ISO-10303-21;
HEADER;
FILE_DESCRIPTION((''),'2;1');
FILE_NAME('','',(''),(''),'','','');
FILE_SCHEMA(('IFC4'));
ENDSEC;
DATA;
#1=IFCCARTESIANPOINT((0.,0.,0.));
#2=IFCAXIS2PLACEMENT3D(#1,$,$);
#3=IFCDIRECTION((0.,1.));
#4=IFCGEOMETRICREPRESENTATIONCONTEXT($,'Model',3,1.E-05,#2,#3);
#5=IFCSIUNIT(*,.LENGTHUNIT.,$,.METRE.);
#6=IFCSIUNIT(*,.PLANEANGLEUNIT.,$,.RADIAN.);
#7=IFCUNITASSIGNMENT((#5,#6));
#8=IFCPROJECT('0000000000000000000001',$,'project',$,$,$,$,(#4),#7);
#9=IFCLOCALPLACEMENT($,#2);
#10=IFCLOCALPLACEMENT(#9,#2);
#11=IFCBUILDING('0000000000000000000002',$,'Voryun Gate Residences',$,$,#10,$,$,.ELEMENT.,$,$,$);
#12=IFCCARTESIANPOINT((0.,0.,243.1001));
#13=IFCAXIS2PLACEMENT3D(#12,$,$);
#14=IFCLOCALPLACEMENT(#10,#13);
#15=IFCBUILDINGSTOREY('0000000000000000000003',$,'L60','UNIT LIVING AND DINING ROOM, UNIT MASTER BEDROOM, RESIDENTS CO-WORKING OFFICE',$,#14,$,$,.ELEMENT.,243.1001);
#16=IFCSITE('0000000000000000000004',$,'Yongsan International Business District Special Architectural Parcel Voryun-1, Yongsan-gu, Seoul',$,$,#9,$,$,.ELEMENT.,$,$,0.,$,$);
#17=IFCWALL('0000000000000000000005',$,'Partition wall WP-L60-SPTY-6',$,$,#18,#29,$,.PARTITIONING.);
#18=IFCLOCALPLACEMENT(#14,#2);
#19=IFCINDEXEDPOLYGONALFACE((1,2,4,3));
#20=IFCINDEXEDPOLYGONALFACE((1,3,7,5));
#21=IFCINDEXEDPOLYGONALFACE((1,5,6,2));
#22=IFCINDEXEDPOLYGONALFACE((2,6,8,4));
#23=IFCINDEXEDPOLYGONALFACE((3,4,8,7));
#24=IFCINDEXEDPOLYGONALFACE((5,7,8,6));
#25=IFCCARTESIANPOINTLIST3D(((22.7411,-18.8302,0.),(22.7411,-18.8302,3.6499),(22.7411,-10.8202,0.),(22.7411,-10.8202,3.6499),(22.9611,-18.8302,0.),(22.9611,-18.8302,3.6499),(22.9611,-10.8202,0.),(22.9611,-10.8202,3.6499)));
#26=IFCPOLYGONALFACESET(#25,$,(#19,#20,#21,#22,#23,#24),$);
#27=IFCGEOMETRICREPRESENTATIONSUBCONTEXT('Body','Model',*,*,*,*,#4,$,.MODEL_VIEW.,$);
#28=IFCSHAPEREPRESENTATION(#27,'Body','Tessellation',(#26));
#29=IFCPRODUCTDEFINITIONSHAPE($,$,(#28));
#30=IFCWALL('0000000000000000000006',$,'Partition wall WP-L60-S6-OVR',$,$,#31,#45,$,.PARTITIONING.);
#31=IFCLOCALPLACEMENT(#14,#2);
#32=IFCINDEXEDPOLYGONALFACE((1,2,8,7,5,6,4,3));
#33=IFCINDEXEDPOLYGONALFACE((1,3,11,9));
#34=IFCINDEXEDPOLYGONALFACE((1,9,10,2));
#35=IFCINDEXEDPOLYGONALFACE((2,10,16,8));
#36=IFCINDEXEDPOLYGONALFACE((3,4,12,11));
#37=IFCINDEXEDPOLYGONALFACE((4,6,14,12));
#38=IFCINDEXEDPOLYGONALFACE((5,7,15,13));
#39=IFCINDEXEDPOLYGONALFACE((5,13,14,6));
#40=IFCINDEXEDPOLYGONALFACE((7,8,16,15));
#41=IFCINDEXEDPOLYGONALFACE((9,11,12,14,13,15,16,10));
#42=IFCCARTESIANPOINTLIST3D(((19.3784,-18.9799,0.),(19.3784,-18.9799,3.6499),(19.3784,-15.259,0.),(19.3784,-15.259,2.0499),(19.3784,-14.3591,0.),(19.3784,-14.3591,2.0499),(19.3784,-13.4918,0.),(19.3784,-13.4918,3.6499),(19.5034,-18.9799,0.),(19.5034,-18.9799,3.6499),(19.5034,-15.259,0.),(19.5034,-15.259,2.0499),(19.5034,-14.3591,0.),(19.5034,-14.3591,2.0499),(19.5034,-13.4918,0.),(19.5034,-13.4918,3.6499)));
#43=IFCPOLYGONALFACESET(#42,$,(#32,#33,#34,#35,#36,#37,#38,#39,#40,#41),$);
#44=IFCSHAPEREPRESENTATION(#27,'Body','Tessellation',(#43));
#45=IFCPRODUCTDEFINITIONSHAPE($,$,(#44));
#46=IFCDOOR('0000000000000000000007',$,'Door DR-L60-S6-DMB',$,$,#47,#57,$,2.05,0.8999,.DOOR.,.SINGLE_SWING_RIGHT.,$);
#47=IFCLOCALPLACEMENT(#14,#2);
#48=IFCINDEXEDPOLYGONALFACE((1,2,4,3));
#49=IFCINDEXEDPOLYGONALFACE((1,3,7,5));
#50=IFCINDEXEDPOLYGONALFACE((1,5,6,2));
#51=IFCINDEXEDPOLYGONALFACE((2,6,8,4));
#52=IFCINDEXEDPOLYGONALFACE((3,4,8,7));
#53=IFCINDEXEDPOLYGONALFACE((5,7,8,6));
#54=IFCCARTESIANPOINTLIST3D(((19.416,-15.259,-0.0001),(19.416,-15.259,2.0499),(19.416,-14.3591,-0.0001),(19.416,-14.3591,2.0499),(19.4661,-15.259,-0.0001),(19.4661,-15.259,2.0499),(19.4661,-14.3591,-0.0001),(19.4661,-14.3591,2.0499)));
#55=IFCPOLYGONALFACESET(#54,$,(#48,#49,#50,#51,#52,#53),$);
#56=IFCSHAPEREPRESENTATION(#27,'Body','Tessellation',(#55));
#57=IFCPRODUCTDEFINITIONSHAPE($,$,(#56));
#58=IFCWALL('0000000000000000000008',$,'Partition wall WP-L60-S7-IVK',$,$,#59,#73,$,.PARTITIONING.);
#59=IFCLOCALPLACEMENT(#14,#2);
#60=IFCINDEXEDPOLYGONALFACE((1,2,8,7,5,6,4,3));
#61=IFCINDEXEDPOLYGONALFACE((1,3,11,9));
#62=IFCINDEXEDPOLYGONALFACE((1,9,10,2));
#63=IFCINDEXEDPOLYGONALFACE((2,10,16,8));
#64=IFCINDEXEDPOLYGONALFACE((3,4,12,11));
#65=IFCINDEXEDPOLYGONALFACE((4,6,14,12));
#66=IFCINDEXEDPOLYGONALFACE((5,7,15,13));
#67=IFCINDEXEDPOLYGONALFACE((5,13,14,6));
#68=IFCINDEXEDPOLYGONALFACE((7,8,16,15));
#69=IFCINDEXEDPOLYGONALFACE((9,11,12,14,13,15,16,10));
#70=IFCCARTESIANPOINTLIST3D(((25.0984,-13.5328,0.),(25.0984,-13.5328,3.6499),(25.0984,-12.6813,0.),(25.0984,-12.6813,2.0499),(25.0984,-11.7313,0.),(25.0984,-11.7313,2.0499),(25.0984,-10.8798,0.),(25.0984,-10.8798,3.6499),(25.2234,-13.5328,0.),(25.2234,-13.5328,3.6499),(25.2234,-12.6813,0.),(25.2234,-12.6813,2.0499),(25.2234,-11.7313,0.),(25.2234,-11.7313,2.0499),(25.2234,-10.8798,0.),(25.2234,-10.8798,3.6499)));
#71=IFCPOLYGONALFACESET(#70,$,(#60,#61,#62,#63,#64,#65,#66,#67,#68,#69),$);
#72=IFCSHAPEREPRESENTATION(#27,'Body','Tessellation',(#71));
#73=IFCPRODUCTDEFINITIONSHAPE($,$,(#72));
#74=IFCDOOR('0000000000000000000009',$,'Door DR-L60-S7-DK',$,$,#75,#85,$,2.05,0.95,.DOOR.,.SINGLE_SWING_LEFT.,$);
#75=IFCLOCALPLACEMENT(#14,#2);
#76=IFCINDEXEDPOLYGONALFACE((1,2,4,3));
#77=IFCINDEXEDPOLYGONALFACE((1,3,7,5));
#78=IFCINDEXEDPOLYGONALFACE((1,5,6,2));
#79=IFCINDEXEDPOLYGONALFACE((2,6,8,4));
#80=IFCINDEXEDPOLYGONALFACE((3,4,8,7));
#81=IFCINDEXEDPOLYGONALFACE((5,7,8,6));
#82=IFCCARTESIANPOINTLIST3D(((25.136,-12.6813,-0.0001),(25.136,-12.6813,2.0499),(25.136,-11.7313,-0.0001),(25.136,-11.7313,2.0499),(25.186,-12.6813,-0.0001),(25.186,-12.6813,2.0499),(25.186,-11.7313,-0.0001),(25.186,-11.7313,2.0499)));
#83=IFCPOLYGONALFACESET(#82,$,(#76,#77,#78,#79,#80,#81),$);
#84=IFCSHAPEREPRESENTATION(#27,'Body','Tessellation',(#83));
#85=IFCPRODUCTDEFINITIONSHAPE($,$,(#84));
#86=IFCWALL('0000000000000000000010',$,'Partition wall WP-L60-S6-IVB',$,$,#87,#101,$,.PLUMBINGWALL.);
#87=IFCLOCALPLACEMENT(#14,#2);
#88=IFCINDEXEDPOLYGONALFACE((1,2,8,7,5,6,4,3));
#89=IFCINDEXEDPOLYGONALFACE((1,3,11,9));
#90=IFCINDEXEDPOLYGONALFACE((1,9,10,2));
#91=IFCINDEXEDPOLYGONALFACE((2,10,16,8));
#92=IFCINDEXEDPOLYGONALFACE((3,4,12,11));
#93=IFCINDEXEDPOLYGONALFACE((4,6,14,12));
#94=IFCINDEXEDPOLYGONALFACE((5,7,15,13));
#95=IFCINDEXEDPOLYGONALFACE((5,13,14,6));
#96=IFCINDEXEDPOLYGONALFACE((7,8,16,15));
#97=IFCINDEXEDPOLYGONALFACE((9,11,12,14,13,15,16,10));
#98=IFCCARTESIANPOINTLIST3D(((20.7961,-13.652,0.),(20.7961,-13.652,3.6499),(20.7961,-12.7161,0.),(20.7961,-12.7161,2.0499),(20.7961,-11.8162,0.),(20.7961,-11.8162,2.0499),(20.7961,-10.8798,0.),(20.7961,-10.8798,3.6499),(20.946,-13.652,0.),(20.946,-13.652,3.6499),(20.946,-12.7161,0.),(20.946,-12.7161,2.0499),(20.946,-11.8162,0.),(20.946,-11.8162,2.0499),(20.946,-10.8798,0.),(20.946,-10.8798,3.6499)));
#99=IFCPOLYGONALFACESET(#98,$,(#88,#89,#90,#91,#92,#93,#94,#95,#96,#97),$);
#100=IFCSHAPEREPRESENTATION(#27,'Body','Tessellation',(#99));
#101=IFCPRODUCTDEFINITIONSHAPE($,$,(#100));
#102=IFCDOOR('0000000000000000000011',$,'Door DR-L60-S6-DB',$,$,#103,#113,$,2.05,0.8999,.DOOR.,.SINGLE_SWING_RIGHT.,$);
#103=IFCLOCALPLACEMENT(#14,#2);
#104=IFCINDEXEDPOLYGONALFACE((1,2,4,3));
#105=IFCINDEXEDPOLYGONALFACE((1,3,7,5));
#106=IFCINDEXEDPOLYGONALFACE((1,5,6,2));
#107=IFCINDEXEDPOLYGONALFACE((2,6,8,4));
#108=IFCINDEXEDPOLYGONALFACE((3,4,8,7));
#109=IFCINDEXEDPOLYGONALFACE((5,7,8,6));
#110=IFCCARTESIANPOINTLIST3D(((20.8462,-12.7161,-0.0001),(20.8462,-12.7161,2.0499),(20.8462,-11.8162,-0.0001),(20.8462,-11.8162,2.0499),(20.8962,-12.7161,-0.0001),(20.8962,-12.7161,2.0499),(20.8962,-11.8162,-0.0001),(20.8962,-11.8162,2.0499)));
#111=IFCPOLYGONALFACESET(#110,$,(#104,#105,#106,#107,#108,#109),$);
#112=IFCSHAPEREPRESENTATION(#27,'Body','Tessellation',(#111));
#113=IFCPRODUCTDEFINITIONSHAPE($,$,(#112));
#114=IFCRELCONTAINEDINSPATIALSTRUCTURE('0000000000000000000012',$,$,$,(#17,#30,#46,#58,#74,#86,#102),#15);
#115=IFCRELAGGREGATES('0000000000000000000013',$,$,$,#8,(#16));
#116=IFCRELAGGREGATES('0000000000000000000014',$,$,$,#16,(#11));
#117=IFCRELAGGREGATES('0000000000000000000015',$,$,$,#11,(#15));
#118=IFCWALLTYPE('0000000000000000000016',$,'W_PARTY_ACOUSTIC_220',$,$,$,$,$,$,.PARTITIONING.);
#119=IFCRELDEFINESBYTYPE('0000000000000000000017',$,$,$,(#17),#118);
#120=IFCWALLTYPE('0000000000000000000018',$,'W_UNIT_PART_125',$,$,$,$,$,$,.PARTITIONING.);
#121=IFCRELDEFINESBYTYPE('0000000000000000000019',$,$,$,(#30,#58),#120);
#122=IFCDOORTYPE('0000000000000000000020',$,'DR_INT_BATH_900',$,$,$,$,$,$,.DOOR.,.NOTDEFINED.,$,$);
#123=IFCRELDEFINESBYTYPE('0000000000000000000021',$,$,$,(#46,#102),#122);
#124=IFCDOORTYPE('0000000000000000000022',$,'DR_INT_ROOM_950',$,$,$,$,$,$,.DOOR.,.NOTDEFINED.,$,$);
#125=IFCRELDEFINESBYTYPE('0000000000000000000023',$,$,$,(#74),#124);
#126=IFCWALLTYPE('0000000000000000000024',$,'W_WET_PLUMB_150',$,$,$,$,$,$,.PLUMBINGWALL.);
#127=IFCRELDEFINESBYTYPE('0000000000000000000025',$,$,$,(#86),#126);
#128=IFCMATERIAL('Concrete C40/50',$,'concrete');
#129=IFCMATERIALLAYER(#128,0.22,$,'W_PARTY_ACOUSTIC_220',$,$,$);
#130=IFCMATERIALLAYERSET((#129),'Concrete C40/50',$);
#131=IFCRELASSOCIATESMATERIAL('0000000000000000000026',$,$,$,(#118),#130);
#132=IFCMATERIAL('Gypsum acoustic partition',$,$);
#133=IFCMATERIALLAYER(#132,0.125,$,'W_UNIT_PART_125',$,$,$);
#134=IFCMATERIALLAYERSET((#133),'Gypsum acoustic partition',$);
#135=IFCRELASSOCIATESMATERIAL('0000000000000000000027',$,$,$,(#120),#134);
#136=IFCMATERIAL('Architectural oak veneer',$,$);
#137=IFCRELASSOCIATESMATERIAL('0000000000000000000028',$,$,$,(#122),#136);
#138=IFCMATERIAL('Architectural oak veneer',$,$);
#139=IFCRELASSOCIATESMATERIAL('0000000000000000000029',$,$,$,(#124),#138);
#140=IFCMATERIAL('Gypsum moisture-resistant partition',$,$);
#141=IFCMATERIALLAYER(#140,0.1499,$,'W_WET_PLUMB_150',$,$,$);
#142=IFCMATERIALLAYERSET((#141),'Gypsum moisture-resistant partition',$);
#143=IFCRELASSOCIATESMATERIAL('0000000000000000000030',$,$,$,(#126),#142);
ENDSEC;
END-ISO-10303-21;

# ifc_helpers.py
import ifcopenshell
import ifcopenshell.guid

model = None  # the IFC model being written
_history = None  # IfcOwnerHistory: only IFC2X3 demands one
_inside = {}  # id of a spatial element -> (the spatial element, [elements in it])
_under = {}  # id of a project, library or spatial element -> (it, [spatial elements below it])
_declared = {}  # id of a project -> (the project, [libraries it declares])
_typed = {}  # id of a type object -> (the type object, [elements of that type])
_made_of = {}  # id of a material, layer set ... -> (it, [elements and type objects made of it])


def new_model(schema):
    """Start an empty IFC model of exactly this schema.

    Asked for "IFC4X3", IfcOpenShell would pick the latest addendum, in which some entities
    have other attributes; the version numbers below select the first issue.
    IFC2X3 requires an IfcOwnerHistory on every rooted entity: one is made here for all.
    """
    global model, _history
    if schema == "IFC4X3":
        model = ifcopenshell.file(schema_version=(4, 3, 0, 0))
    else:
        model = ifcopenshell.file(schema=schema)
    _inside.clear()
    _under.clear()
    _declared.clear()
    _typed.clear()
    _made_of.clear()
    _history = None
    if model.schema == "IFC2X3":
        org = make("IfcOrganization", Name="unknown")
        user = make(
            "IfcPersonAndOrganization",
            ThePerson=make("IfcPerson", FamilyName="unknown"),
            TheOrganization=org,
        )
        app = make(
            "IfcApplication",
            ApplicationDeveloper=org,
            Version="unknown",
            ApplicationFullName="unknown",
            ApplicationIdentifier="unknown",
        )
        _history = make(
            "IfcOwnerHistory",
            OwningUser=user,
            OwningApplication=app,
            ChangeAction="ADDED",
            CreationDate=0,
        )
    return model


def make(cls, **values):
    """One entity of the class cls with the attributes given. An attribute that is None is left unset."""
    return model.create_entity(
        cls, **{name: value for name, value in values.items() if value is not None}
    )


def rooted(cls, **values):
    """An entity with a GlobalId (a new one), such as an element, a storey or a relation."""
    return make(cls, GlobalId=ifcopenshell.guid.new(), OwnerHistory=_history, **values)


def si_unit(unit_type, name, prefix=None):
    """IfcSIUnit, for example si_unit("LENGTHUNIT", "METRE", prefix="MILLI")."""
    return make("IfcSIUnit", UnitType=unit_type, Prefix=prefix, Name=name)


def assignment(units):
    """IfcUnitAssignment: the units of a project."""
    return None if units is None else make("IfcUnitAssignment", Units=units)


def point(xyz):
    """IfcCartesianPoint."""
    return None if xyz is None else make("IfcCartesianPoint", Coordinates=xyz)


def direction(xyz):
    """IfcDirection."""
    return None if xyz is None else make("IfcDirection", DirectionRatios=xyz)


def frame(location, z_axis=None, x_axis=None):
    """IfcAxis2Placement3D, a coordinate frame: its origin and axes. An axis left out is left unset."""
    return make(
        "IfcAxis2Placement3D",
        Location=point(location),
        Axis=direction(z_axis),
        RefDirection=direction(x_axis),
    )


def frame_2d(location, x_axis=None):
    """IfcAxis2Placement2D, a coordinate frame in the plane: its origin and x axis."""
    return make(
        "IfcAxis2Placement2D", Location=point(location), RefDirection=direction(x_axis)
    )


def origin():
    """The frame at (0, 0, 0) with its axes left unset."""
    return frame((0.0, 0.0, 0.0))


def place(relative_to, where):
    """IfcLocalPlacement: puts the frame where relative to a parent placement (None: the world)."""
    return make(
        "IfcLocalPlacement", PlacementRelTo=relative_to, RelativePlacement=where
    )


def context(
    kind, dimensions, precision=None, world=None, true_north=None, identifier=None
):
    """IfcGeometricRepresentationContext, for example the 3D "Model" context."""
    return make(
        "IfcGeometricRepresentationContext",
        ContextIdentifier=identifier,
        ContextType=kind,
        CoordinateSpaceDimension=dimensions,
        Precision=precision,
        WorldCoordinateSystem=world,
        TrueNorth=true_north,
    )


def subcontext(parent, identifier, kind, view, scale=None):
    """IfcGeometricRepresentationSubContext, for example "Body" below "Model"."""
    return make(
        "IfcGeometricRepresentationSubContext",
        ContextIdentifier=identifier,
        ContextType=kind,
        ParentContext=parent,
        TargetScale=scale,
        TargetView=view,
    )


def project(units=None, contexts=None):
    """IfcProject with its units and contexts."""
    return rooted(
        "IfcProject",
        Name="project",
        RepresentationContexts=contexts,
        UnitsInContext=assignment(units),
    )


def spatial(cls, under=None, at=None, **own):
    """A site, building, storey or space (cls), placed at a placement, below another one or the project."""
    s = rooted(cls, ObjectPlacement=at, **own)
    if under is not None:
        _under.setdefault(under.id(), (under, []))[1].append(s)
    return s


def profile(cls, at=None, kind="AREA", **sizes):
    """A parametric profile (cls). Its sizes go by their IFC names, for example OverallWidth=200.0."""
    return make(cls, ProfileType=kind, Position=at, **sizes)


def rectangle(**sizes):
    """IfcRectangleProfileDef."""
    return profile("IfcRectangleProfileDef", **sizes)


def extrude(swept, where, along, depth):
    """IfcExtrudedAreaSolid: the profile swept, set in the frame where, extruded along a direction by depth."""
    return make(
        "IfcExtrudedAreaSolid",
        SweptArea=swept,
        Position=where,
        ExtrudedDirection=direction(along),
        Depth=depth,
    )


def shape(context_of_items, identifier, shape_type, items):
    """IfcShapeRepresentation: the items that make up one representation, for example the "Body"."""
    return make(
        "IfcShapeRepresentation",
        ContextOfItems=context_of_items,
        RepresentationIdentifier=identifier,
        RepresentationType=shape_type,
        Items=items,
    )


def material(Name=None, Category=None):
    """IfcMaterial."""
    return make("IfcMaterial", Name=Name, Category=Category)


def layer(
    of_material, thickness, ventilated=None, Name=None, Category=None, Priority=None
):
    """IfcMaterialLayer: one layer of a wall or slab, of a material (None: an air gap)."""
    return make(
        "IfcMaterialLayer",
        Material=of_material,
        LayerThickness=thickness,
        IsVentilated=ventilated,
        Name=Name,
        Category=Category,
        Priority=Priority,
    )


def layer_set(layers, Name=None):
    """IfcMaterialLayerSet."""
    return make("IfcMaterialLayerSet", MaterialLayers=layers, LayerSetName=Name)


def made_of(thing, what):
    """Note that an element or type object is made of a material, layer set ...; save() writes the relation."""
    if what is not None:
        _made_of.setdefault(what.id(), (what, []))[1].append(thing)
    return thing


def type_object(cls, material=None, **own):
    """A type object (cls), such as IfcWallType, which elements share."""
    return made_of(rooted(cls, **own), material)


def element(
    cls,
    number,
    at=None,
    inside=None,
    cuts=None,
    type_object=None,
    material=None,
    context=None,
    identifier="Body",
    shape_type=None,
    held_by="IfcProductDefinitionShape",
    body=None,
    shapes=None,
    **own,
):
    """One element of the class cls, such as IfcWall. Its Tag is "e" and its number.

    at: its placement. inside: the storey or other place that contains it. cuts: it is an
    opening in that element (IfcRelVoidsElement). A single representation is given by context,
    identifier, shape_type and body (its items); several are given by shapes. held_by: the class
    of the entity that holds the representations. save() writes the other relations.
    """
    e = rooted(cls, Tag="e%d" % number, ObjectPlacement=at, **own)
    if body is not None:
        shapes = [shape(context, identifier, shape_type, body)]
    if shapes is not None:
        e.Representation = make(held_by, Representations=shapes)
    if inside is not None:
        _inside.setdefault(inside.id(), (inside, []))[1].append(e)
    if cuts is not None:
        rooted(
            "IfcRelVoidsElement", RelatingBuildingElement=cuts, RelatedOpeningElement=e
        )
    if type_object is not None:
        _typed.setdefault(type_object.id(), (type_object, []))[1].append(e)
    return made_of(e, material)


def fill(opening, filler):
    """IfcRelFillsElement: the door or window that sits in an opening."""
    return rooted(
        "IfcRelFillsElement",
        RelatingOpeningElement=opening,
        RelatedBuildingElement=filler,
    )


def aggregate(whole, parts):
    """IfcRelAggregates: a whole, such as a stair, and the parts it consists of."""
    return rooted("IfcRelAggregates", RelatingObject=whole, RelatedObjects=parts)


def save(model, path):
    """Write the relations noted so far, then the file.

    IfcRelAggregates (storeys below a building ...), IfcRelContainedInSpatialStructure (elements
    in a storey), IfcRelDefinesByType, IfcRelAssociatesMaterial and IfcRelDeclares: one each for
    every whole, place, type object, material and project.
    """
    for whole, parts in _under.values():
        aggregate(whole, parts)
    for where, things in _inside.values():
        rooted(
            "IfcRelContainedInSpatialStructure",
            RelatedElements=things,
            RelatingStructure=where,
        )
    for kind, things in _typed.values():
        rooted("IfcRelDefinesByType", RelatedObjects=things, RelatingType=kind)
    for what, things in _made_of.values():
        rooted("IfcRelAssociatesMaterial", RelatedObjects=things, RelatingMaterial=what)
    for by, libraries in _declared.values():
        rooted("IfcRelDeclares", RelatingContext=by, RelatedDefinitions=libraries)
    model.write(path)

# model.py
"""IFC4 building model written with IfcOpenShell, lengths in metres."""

from ifc_helpers import new_model, si_unit, direction, frame, frame_2d, origin, place, context, subcontext, project, spatial, rectangle, extrude, material, layer, layer_set, type_object, element, fill, save


model = new_model("IFC4")

# Units and contexts
model_context = context("Model", 3, precision=1e-05, world=origin(), true_north=direction((0.0, 1.0)))
body_context = subcontext(model_context, "Body", "Model", "MODEL_VIEW")
ifc_project = project(units=[si_unit("LENGTHUNIT", "METRE"), si_unit("PLANEANGLEUNIT", "RADIAN")], contexts=[model_context])

# Site, building, storey
site_placement = place(None, origin())
site = spatial("IfcSite", under=ifc_project, at=site_placement, Name="Yongsan International Business District Special Architectural Parcel Voryun-1, Yongsan-gu, Seoul", CompositionType="ELEMENT", RefElevation=0.0)
building_placement = place(site_placement, origin())
building = spatial("IfcBuilding", under=site, at=building_placement, Name="Voryun Gate Residences", CompositionType="ELEMENT")
storey_placement = place(building_placement, frame((0.0, 0.0, 243.1001)))
storey = spatial("IfcBuildingStorey", under=building, at=storey_placement, Name="L60", Description="UNIT LIVING AND DINING ROOM, UNIT MASTER BEDROOM, RESIDENTS CO-WORKING OFFICE", CompositionType="ELEMENT", Elevation=243.1001)

# Wall
ifc_material_1 = material(Name="Concrete C40/50", Category="concrete")
ifc_layer_1 = layer(ifc_material_1, 0.22, Name="W_PARTY_ACOUSTIC_220")
ifc_layer_set_1 = layer_set([ifc_layer_1], Name="Concrete C40/50")
wall_type_1 = type_object("IfcWallType", Name="W_PARTY_ACOUSTIC_220", PredefinedType="PARTITIONING", material=ifc_layer_set_1)
wall_1_placement = place(storey_placement, frame((22.8511, -18.8301, 0.0), z_axis=(0.0, 0.0, 1.0), x_axis=(0.0, 1.0, 0.0)))
element("IfcWall", 1, at=wall_1_placement, inside=storey, type_object=wall_type_1, Name="Partition wall WP-L60-SPTY-6", PredefinedType="PARTITIONING", context=body_context, shape_type="SweptSolid", body=[
    extrude(rectangle(XDim=8.01, YDim=0.22, at=frame_2d((4.0049, 0.0))), origin(), (0.0, 0.0, 1.0), 3.6499),
])

# Walls, openings, doors
ifc_material_2 = material(Name="Gypsum acoustic partition")
ifc_layer_2 = layer(ifc_material_2, 0.125, Name="W_UNIT_PART_125")
ifc_layer_set_2 = layer_set([ifc_layer_2], Name="Gypsum acoustic partition")
wall_type_2 = type_object("IfcWallType", Name="W_UNIT_PART_125", PredefinedType="PARTITIONING", material=ifc_layer_set_2)
wall_2_placement = place(storey_placement, frame((19.4409, -18.98, 0.0), z_axis=(0.0, 0.0, 1.0), x_axis=(0.0, 1.0, 0.0)))
wall_2 = element("IfcWall", 2, at=wall_2_placement, inside=storey, type_object=wall_type_2, Name="Partition wall WP-L60-S6-OVR", PredefinedType="PARTITIONING", context=body_context, shape_type="SweptSolid", body=[
    extrude(rectangle(XDim=5.488, YDim=0.125, at=frame_2d((2.7441, 0.0))), origin(), (0.0, 0.0, 1.0), 3.6499),
])
opening_1_placement = place(wall_2_placement, frame((3.7209, 0.0, 0.0)))
opening_1 = element("IfcOpeningElement", 3, at=opening_1_placement, cuts=wall_2, PredefinedType="OPENING", context=body_context, shape_type="SweptSolid", body=[
    extrude(rectangle(XDim=0.8999, YDim=2.05, at=frame_2d((0.45, 1.0249))), frame((0.0, 0.0725, 0.0), z_axis=(0.0, -1.0, 0.0), x_axis=(1.0, 0.0, 0.0)), (0.0, 0.0, 1.0), 0.145),
])
ifc_material_3 = material(Name="Architectural oak veneer")
door_type_1 = type_object("IfcDoorType", Name="DR_INT_BATH_900", OperationType="NOTDEFINED", PredefinedType="DOOR", material=ifc_material_3)
door_1_placement = place(opening_1_placement, origin())
door_1 = element("IfcDoor", 4, at=door_1_placement, inside=storey, type_object=door_type_1, Name="Door DR-L60-S6-DMB", OperationType="SINGLE_SWING_RIGHT", OverallHeight=2.05, OverallWidth=0.8999, PredefinedType="DOOR", context=body_context, shape_type="SweptSolid", body=[
    extrude(rectangle(XDim=0.8999, YDim=2.05, at=frame_2d((0.45, 1.0249))), frame((0.0, 0.0249, 0.0), z_axis=(0.0, -1.0, 0.0), x_axis=(1.0, 0.0, 0.0)), (0.0, 0.0, 1.0), 0.05),
])
fill(opening_1, door_1)
wall_3_placement = place(storey_placement, frame((25.1609, -13.533, 0.0), z_axis=(0.0, 0.0, 1.0), x_axis=(0.0, 1.0, 0.0)))
wall_3 = element("IfcWall", 5, at=wall_3_placement, inside=storey, type_object=wall_type_2, Name="Partition wall WP-L60-S7-IVK", PredefinedType="PARTITIONING", context=body_context, shape_type="SweptSolid", body=[
    extrude(rectangle(XDim=2.6531, YDim=0.125, at=frame_2d((1.3267, 0.0))), origin(), (0.0, 0.0, 1.0), 3.6499),
])
opening_2_placement = place(wall_3_placement, frame((0.8516, 0.0, 0.0)))
opening_2 = element("IfcOpeningElement", 6, at=opening_2_placement, cuts=wall_3, PredefinedType="OPENING", context=body_context, shape_type="SweptSolid", body=[
    extrude(rectangle(XDim=0.95, YDim=2.05, at=frame_2d((0.4751, 1.0249))), frame((0.0, 0.0725, 0.0), z_axis=(0.0, -1.0, 0.0), x_axis=(1.0, 0.0, 0.0)), (0.0, 0.0, 1.0), 0.145),
])
ifc_material_4 = material(Name="Architectural oak veneer")
door_type_2 = type_object("IfcDoorType", Name="DR_INT_ROOM_950", OperationType="NOTDEFINED", PredefinedType="DOOR", material=ifc_material_4)
door_2_placement = place(opening_2_placement, origin())
door_2 = element("IfcDoor", 7, at=door_2_placement, inside=storey, type_object=door_type_2, Name="Door DR-L60-S7-DK", OperationType="SINGLE_SWING_LEFT", OverallHeight=2.05, OverallWidth=0.95, PredefinedType="DOOR", context=body_context, shape_type="SweptSolid", body=[
    extrude(rectangle(XDim=0.95, YDim=2.05, at=frame_2d((0.4751, 1.0249))), frame((0.0, 0.0249, 0.0), z_axis=(0.0, -1.0, 0.0), x_axis=(1.0, 0.0, 0.0)), (0.0, 0.0, 1.0), 0.05),
])
fill(opening_2, door_2)
ifc_material_5 = material(Name="Gypsum moisture-resistant partition")
ifc_layer_3 = layer(ifc_material_5, 0.1499, Name="W_WET_PLUMB_150")
ifc_layer_set_3 = layer_set([ifc_layer_3], Name="Gypsum moisture-resistant partition")
wall_type_3 = type_object("IfcWallType", Name="W_WET_PLUMB_150", PredefinedType="PLUMBINGWALL", material=ifc_layer_set_3)
wall_4_placement = place(storey_placement, frame((20.8711, -13.6521, 0.0), z_axis=(0.0, 0.0, 1.0), x_axis=(0.0, 1.0, 0.0)))
wall_4 = element("IfcWall", 8, at=wall_4_placement, inside=storey, type_object=wall_type_3, Name="Partition wall WP-L60-S6-IVB", PredefinedType="PLUMBINGWALL", context=body_context, shape_type="SweptSolid", body=[
    extrude(rectangle(XDim=2.7722, YDim=0.1499, at=frame_2d((1.3862, 0.0))), origin(), (0.0, 0.0, 1.0), 3.6499),
])
opening_3_placement = place(wall_4_placement, frame((0.936, 0.0, 0.0)))
opening_3 = element("IfcOpeningElement", 9, at=opening_3_placement, cuts=wall_4, PredefinedType="OPENING", context=body_context, shape_type="SweptSolid", body=[
    extrude(rectangle(XDim=0.8999, YDim=2.05, at=frame_2d((0.45, 1.0249))), frame((0.0, 0.085, 0.0), z_axis=(0.0, -1.0, 0.0), x_axis=(1.0, 0.0, 0.0)), (0.0, 0.0, 1.0), 0.1699),
])
door_3_placement = place(opening_3_placement, origin())
door_3 = element("IfcDoor", 10, at=door_3_placement, inside=storey, type_object=door_type_1, Name="Door DR-L60-S6-DB", OperationType="SINGLE_SWING_RIGHT", OverallHeight=2.05, OverallWidth=0.8999, PredefinedType="DOOR", context=body_context, shape_type="SweptSolid", body=[
    extrude(rectangle(XDim=0.8999, YDim=2.05, at=frame_2d((0.45, 1.0249))), frame((0.0, 0.0249, 0.0), z_axis=(0.0, -1.0, 0.0), x_axis=(1.0, 0.0, 0.0)), (0.0, 0.0, 1.0), 0.05),
])
fill(opening_3, door_3)

save(model, "model.ifc")
